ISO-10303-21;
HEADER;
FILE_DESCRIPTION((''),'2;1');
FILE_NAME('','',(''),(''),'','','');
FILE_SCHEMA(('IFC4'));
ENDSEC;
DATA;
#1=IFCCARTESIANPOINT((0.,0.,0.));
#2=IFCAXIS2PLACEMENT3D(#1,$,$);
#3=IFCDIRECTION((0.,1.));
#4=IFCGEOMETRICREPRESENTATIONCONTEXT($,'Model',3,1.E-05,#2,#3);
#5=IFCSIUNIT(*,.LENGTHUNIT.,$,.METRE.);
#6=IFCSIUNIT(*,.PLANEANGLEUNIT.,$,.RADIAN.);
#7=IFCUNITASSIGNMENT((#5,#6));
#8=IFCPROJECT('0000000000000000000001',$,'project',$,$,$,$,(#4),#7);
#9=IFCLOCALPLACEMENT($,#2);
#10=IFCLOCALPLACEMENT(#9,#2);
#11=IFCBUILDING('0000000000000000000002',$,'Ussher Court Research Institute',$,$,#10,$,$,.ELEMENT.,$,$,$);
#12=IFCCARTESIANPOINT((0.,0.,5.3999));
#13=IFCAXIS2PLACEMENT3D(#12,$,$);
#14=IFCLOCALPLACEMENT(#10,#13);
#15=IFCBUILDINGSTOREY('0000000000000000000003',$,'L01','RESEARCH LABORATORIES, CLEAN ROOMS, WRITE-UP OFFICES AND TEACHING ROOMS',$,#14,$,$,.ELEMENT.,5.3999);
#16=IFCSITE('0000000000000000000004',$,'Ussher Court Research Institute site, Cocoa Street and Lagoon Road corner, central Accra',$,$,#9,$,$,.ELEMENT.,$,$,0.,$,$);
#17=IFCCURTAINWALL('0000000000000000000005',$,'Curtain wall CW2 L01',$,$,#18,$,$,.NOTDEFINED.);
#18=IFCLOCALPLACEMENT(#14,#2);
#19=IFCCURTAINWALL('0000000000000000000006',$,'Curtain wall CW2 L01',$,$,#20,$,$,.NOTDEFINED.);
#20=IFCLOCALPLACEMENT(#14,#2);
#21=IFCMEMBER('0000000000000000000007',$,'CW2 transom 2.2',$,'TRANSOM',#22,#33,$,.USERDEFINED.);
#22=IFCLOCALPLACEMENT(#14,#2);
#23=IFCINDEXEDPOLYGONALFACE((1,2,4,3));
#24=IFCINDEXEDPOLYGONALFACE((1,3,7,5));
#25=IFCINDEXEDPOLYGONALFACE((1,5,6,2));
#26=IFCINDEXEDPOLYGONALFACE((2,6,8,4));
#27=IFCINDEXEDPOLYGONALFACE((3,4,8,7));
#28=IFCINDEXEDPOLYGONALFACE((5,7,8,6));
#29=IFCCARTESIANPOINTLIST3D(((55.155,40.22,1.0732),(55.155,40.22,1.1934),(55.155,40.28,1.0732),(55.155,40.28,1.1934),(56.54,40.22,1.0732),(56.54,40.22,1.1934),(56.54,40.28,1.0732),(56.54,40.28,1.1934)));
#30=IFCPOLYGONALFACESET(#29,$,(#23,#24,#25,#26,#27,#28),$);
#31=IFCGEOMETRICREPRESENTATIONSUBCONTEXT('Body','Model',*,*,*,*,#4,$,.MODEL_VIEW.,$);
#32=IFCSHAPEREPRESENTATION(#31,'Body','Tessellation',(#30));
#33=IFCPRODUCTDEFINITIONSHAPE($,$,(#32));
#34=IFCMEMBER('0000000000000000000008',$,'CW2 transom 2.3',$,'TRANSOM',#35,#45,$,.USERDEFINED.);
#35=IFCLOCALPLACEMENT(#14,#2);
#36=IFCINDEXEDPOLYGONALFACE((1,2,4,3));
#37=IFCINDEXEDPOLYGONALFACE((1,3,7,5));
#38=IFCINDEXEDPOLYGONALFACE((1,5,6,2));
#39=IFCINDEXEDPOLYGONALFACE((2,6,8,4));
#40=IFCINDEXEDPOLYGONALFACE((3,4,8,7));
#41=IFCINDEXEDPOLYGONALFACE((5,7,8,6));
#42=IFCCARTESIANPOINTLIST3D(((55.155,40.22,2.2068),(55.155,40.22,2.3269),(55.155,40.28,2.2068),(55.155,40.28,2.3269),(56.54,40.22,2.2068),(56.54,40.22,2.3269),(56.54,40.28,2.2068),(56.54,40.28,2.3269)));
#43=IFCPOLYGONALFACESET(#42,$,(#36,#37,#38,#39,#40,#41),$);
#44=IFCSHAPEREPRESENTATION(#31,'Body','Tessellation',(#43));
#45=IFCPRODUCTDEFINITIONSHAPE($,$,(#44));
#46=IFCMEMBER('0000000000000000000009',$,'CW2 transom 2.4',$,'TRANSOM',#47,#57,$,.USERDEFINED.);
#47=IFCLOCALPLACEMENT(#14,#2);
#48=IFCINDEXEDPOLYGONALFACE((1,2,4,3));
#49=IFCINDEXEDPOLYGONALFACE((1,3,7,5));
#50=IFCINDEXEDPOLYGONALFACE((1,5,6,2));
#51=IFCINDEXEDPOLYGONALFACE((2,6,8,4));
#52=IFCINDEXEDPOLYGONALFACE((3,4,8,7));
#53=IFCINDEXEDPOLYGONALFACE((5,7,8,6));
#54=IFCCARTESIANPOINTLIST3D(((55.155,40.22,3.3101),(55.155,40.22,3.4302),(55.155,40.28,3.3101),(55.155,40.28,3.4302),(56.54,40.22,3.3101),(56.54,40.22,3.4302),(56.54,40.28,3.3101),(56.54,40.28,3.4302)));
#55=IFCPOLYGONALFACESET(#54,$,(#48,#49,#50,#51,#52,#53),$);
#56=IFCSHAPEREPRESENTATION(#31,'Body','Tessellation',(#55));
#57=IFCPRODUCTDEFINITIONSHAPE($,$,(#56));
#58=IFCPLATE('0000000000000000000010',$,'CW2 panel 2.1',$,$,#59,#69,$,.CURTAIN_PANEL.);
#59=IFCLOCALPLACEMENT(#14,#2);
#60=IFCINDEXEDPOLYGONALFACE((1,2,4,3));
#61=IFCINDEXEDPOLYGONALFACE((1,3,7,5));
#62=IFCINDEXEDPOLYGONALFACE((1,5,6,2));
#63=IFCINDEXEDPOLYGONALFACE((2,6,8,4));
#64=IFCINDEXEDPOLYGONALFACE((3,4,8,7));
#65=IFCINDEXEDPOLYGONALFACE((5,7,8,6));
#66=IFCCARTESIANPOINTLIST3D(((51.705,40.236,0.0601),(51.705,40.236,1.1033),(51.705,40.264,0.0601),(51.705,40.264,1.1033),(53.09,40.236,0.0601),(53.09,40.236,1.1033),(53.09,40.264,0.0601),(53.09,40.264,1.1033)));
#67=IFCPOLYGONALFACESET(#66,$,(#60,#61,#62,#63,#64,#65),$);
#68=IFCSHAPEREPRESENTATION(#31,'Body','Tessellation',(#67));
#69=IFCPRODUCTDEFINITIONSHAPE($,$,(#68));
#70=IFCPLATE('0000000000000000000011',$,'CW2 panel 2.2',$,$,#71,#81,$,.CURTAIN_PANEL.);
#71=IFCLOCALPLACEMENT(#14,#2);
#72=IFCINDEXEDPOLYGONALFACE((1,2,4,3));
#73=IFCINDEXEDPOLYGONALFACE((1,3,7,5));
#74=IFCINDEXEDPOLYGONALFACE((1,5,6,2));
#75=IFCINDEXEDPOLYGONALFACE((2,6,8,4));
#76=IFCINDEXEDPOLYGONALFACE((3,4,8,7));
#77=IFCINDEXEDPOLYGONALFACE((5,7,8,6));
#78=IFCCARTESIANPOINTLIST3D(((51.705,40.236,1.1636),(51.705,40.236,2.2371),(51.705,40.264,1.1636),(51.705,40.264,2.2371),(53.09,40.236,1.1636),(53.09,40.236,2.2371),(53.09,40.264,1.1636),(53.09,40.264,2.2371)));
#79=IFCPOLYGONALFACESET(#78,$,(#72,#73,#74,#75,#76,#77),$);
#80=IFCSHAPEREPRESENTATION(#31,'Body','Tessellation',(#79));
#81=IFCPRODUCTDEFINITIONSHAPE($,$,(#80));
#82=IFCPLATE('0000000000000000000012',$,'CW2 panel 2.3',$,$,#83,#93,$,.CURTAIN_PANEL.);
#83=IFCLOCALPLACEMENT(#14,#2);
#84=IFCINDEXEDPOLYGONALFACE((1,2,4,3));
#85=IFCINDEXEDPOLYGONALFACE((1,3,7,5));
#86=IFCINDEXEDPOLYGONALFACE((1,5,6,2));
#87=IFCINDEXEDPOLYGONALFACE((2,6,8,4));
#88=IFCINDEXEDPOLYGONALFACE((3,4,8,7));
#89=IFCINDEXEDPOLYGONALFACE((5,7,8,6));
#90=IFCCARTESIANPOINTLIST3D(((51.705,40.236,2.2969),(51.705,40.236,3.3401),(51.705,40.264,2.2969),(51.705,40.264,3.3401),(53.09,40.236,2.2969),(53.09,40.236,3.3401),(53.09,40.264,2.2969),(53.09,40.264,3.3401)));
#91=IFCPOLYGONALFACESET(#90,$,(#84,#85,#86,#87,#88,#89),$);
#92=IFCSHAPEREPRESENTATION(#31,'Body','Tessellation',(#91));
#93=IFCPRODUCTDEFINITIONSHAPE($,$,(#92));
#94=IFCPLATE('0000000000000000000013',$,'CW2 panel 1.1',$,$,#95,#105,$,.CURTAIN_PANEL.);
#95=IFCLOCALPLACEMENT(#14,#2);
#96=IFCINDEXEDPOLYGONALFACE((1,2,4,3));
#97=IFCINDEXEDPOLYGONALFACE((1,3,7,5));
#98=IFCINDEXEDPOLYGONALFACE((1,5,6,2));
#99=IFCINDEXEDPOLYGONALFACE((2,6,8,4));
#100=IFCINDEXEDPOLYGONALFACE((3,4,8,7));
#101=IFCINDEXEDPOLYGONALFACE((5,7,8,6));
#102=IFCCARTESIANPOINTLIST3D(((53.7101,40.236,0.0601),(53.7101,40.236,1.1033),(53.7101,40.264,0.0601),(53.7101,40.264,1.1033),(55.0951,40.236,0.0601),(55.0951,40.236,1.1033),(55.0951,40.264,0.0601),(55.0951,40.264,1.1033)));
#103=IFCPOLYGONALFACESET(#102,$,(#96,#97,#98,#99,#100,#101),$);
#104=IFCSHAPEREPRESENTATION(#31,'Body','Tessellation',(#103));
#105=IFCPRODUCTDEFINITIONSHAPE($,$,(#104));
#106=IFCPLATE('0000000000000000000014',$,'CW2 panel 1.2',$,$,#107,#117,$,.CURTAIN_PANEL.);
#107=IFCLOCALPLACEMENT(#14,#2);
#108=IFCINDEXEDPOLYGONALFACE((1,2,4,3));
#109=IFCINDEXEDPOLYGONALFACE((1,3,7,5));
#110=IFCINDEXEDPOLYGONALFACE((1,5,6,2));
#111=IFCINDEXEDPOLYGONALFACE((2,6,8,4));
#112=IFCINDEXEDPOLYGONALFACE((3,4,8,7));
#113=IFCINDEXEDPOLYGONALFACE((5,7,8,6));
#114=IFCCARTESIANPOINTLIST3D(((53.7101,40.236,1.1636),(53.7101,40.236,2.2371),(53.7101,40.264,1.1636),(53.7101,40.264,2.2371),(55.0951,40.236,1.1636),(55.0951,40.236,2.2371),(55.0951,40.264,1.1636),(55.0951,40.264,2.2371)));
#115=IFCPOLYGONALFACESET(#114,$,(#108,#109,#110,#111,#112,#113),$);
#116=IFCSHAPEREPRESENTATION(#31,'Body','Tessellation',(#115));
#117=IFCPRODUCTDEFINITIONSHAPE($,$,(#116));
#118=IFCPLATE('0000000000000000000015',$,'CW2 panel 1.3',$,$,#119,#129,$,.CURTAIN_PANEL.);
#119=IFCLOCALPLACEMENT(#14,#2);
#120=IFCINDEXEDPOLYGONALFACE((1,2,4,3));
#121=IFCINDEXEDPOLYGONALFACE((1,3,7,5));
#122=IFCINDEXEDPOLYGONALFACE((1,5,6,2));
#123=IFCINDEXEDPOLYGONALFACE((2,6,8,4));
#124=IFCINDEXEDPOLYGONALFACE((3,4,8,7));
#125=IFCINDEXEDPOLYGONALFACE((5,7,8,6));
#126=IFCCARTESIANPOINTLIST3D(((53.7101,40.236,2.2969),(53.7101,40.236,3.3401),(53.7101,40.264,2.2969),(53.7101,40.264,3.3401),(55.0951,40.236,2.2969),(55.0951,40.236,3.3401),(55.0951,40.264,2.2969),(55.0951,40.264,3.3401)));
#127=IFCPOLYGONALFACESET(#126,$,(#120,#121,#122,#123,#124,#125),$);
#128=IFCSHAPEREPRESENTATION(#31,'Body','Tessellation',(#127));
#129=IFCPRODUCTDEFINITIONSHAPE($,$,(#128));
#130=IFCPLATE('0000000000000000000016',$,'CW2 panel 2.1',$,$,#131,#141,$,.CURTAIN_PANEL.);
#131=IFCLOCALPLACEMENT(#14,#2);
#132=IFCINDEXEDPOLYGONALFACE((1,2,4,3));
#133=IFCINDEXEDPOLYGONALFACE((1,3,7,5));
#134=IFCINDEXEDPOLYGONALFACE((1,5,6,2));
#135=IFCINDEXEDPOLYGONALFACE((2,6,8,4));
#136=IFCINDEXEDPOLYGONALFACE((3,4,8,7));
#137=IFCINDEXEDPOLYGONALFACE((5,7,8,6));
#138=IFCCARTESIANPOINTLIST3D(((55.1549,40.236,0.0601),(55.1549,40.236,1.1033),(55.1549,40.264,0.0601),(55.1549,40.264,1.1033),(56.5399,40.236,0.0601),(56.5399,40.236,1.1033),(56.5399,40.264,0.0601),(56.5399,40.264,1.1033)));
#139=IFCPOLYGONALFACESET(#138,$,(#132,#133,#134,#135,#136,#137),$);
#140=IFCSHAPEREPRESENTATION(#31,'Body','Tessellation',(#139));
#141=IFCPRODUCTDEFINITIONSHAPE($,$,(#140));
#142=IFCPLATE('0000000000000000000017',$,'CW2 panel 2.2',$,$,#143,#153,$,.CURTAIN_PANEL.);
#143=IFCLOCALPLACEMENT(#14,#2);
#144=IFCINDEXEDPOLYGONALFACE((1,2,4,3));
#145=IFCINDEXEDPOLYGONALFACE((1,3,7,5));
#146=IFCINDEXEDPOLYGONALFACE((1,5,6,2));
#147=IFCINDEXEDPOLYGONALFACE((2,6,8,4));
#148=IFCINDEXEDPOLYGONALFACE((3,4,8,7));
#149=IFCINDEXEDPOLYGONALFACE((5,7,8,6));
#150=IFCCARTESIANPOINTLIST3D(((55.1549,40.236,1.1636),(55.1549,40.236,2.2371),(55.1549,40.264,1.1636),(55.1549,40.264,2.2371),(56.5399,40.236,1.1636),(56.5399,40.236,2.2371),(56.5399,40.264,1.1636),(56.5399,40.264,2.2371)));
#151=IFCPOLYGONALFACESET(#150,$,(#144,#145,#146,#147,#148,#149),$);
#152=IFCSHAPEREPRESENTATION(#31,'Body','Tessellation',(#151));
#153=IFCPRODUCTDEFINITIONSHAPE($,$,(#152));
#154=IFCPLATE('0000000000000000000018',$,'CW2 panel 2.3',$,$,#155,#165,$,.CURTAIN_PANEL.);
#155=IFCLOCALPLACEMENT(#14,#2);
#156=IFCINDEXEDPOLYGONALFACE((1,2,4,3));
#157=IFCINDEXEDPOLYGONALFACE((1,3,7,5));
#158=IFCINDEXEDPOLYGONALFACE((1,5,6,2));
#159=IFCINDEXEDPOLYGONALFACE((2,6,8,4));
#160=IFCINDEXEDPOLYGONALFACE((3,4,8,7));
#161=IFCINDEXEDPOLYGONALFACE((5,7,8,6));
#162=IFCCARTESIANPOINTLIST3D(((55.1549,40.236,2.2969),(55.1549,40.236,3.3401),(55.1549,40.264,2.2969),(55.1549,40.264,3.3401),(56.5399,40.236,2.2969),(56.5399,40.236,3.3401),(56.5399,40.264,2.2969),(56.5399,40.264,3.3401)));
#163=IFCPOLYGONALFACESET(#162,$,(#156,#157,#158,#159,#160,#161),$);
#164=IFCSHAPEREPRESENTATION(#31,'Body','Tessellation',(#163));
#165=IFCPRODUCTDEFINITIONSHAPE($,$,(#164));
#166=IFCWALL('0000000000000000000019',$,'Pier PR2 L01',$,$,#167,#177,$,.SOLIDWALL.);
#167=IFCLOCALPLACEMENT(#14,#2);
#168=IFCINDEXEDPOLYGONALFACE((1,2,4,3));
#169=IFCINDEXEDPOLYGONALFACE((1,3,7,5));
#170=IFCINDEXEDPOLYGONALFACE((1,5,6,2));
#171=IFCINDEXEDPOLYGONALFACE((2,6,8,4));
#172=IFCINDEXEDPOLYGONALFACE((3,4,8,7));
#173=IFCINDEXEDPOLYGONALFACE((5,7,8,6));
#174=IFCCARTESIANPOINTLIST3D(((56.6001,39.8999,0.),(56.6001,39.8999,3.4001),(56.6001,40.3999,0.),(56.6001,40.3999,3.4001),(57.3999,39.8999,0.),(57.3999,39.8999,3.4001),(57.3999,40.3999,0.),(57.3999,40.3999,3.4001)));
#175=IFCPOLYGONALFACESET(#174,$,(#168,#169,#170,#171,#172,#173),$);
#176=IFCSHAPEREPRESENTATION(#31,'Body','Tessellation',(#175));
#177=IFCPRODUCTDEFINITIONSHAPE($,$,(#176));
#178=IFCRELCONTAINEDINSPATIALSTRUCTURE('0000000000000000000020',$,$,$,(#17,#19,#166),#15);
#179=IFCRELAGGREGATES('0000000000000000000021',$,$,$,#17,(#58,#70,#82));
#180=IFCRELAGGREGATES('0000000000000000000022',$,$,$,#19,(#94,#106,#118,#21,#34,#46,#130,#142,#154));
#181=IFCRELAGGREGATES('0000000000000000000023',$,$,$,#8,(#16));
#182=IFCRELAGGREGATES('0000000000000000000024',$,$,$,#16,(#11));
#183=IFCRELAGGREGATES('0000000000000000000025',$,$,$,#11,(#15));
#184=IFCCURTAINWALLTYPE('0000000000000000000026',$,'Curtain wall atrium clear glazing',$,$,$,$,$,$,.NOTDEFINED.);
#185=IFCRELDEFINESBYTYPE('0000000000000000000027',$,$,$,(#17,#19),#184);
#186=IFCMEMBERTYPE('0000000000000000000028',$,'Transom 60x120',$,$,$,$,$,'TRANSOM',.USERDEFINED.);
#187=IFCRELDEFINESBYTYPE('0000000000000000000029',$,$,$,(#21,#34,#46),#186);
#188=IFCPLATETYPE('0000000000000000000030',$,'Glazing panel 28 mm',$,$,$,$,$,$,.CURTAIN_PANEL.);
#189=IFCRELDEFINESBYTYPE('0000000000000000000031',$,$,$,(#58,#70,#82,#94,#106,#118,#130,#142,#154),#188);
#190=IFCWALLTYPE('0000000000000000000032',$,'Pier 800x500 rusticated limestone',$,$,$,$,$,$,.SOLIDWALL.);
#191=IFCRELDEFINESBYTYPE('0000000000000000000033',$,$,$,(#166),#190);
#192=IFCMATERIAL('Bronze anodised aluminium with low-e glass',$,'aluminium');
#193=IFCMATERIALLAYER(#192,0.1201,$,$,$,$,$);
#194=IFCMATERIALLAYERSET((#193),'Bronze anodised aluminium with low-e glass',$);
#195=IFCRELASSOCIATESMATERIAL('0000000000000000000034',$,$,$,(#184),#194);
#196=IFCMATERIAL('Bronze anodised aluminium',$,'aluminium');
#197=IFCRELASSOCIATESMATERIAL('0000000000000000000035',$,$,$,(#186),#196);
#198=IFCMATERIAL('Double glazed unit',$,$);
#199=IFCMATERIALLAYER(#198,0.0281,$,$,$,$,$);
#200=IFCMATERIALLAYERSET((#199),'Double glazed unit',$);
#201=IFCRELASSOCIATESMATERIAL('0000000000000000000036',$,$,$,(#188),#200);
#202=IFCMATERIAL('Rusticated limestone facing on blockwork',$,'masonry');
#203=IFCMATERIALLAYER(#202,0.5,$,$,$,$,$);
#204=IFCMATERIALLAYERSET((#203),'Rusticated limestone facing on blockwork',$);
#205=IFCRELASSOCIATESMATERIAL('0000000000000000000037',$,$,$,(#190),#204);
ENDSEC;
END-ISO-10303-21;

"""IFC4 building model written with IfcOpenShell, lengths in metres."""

from ifc_helpers import new_model, si_unit, direction, frame, frame_2d, origin, origin_2d, place, context, subcontext, project, spatial, rectangle, extrude, material, layer, layer_set, material_profile, profile_set, type_object, element, aggregate, save


model = new_model("IFC4")

# Units and contexts
model_context = context("Model", 3, precision=1e-05, world=origin(), true_north=direction((0.0, 1.0)))
body_context = subcontext(model_context, "Body", "Model", "MODEL_VIEW")
ifc_project = project(units=[si_unit("LENGTHUNIT", "METRE"), si_unit("PLANEANGLEUNIT", "RADIAN")], contexts=[model_context])

# Site, building, storey
site_placement = place(None, origin())
site = spatial("IfcSite", under=ifc_project, at=site_placement, Name="Ussher Court Research Institute site, Cocoa Street and Lagoon Road corner, central Accra", CompositionType="ELEMENT", RefElevation=0.0)
building_placement = place(site_placement, origin())
building = spatial("IfcBuilding", under=site, at=building_placement, Name="Ussher Court Research Institute", CompositionType="ELEMENT")
storey_placement = place(building_placement, frame((0.0, 0.0, 5.3999)))
storey = spatial("IfcBuildingStorey", under=building, at=storey_placement, Name="L01", Description="RESEARCH LABORATORIES, CLEAN ROOMS, WRITE-UP OFFICES AND TEACHING ROOMS", CompositionType="ELEMENT", Elevation=5.3999)

# Curtain wall
ifc_material_1 = material(Name="Bronze anodised aluminium with low-e glass", Category="aluminium")
ifc_layer_1 = layer(ifc_material_1, 0.1201)
ifc_layer_set_1 = layer_set([ifc_layer_1], Name="Bronze anodised aluminium with low-e glass")
curtain_wall_type = type_object("IfcCurtainWallType", Name="Curtain wall atrium clear glazing", PredefinedType="NOTDEFINED", material=ifc_layer_set_1)
curtain_wall_1_placement = place(storey_placement, origin())
curtain_wall_1 = element("IfcCurtainWall", 1, at=curtain_wall_1_placement, inside=storey, type_object=curtain_wall_type, Name="Curtain wall CW2 L01", PredefinedType="NOTDEFINED")

# Curtain wall
curtain_wall_2_placement = place(storey_placement, origin())
curtain_wall_2 = element("IfcCurtainWall", 2, at=curtain_wall_2_placement, inside=storey, type_object=curtain_wall_type, Name="Curtain wall CW2 L01", PredefinedType="NOTDEFINED")

# Members
ifc_material_2 = material(Name="Bronze anodised aluminium", Category="aluminium")
ifc_material_profile_1 = material_profile(ifc_material_2, rectangle(XDim=0.0601, YDim=0.1201, at=origin_2d()), Name="Transom 60x120")
ifc_profile_set_1 = profile_set([ifc_material_profile_1], Name="Bronze anodised aluminium")
member_type_1 = type_object("IfcMemberType", Name="Transom 60x120", ElementType="TRANSOM", PredefinedType="USERDEFINED", material=ifc_profile_set_1)
member_1_placement = place(storey_placement, frame((55.155, 40.25, 1.1333), z_axis=(1.0, 0.0, 0.0), x_axis=(0.0, 1.0, 0.0)))
member_1 = element("IfcMember", 3, at=member_1_placement, type_object=member_type_1, Name="CW2 transom 2.2", ObjectType="TRANSOM", PredefinedType="USERDEFINED", context=body_context, shape_type="SweptSolid", body=[
    extrude(rectangle(XDim=0.0601, YDim=0.1201, at=origin_2d()), origin(), (0.0, 0.0, 1.0), 1.385),
])
member_2_placement = place(storey_placement, frame((55.155, 40.25, 2.2668), z_axis=(1.0, 0.0, 0.0), x_axis=(0.0, 1.0, 0.0)))
member_2 = element("IfcMember", 4, at=member_2_placement, type_object=member_type_1, Name="CW2 transom 2.3", ObjectType="TRANSOM", PredefinedType="USERDEFINED", context=body_context, shape_type="SweptSolid", body=[
    extrude(rectangle(XDim=0.0601, YDim=0.1201, at=origin_2d()), origin(), (0.0, 0.0, 1.0), 1.385),
])
member_3_placement = place(storey_placement, frame((55.155, 40.25, 3.3701), z_axis=(1.0, 0.0, 0.0), x_axis=(0.0, 1.0, 0.0)))
member_3 = element("IfcMember", 5, at=member_3_placement, type_object=member_type_1, Name="CW2 transom 2.4", ObjectType="TRANSOM", PredefinedType="USERDEFINED", context=body_context, shape_type="SweptSolid", body=[
    extrude(rectangle(XDim=0.0601, YDim=0.1201, at=origin_2d()), origin(), (0.0, 0.0, 1.0), 1.385),
])

# Plates
ifc_material_3 = material(Name="Double glazed unit")
ifc_layer_2 = layer(ifc_material_3, 0.0281)
ifc_layer_set_2 = layer_set([ifc_layer_2], Name="Double glazed unit")
plate_type = type_object("IfcPlateType", Name="Glazing panel 28 mm", PredefinedType="CURTAIN_PANEL", material=ifc_layer_set_2)
plate_1_placement = place(storey_placement, frame((52.3975, 40.25, 0.0601), z_axis=(0.0, 0.0, 1.0), x_axis=(1.0, 0.0, 0.0)))
plate_1 = element("IfcPlate", 6, at=plate_1_placement, type_object=plate_type, Name="CW2 panel 2.1", PredefinedType="CURTAIN_PANEL", context=body_context, shape_type="SweptSolid", body=[
    extrude(rectangle(XDim=1.385, YDim=0.0281, at=origin_2d()), origin(), (0.0, 0.0, 1.0), 1.0432),
])
plate_2_placement = place(storey_placement, frame((52.3975, 40.25, 1.1636), z_axis=(0.0, 0.0, 1.0), x_axis=(1.0, 0.0, 0.0)))
plate_2 = element("IfcPlate", 7, at=plate_2_placement, type_object=plate_type, Name="CW2 panel 2.2", PredefinedType="CURTAIN_PANEL", context=body_context, shape_type="SweptSolid", body=[
    extrude(rectangle(XDim=1.385, YDim=0.0281, at=origin_2d()), origin(), (0.0, 0.0, 1.0), 1.0735),
])
plate_3_placement = place(storey_placement, frame((52.3975, 40.25, 2.2969), z_axis=(0.0, 0.0, 1.0), x_axis=(1.0, 0.0, 0.0)))
plate_3 = element("IfcPlate", 8, at=plate_3_placement, type_object=plate_type, Name="CW2 panel 2.3", PredefinedType="CURTAIN_PANEL", context=body_context, shape_type="SweptSolid", body=[
    extrude(rectangle(XDim=1.385, YDim=0.0281, at=origin_2d()), origin(), (0.0, 0.0, 1.0), 1.0432),
])
aggregate(curtain_wall_1, [plate_1, plate_2, plate_3])
plate_4_placement = place(storey_placement, frame((54.4026, 40.25, 0.0601), z_axis=(0.0, 0.0, 1.0), x_axis=(1.0, 0.0, 0.0)))
plate_4 = element("IfcPlate", 9, at=plate_4_placement, type_object=plate_type, Name="CW2 panel 1.1", PredefinedType="CURTAIN_PANEL", context=body_context, shape_type="SweptSolid", body=[
    extrude(rectangle(XDim=1.385, YDim=0.0281, at=origin_2d()), origin(), (0.0, 0.0, 1.0), 1.0432),
])
plate_5_placement = place(storey_placement, frame((54.4026, 40.25, 1.1636), z_axis=(0.0, 0.0, 1.0), x_axis=(1.0, 0.0, 0.0)))
plate_5 = element("IfcPlate", 10, at=plate_5_placement, type_object=plate_type, Name="CW2 panel 1.2", PredefinedType="CURTAIN_PANEL", context=body_context, shape_type="SweptSolid", body=[
    extrude(rectangle(XDim=1.385, YDim=0.0281, at=origin_2d()), origin(), (0.0, 0.0, 1.0), 1.0735),
])
plate_6_placement = place(storey_placement, frame((54.4026, 40.25, 2.2969), z_axis=(0.0, 0.0, 1.0), x_axis=(1.0, 0.0, 0.0)))
plate_6 = element("IfcPlate", 11, at=plate_6_placement, type_object=plate_type, Name="CW2 panel 1.3", PredefinedType="CURTAIN_PANEL", context=body_context, shape_type="SweptSolid", body=[
    extrude(rectangle(XDim=1.385, YDim=0.0281, at=origin_2d()), origin(), (0.0, 0.0, 1.0), 1.0432),
])
plate_7_placement = place(storey_placement, frame((55.8474, 40.25, 0.0601), z_axis=(0.0, 0.0, 1.0), x_axis=(1.0, 0.0, 0.0)))
plate_7 = element("IfcPlate", 12, at=plate_7_placement, type_object=plate_type, Name="CW2 panel 2.1", PredefinedType="CURTAIN_PANEL", context=body_context, shape_type="SweptSolid", body=[
    extrude(rectangle(XDim=1.385, YDim=0.0281, at=origin_2d()), origin(), (0.0, 0.0, 1.0), 1.0432),
])
plate_8_placement = place(storey_placement, frame((55.8474, 40.25, 1.1636), z_axis=(0.0, 0.0, 1.0), x_axis=(1.0, 0.0, 0.0)))
plate_8 = element("IfcPlate", 13, at=plate_8_placement, type_object=plate_type, Name="CW2 panel 2.2", PredefinedType="CURTAIN_PANEL", context=body_context, shape_type="SweptSolid", body=[
    extrude(rectangle(XDim=1.385, YDim=0.0281, at=origin_2d()), origin(), (0.0, 0.0, 1.0), 1.0735),
])
plate_9_placement = place(storey_placement, frame((55.8474, 40.25, 2.2969), z_axis=(0.0, 0.0, 1.0), x_axis=(1.0, 0.0, 0.0)))
plate_9 = element("IfcPlate", 14, at=plate_9_placement, type_object=plate_type, Name="CW2 panel 2.3", PredefinedType="CURTAIN_PANEL", context=body_context, shape_type="SweptSolid", body=[
    extrude(rectangle(XDim=1.385, YDim=0.0281, at=origin_2d()), origin(), (0.0, 0.0, 1.0), 1.0432),
])
aggregate(curtain_wall_2, [plate_4, plate_5, plate_6, member_1, member_2, member_3, plate_7, plate_8, plate_9])

# Wall
ifc_material_4 = material(Name="Rusticated limestone facing on blockwork", Category="masonry")
ifc_layer_3 = layer(ifc_material_4, 0.5)
ifc_layer_set_3 = layer_set([ifc_layer_3], Name="Rusticated limestone facing on blockwork")
wall_type = type_object("IfcWallType", Name="Pier 800x500 rusticated limestone", PredefinedType="SOLIDWALL", material=ifc_layer_set_3)
wall_placement = place(storey_placement, frame((56.6001, 40.1499, 0.0), z_axis=(0.0, 0.0, 1.0), x_axis=(1.0, 0.0, 0.0)))
element("IfcWall", 15, at=wall_placement, inside=storey, type_object=wall_type, Name="Pier PR2 L01", PredefinedType="SOLIDWALL", context=body_context, shape_type="SweptSolid", body=[
    extrude(rectangle(XDim=0.7998, YDim=0.5, at=frame_2d((0.3999, 0.0))), origin(), (0.0, 0.0, 1.0), 3.4001),
])

save(model, "model.ifc")
